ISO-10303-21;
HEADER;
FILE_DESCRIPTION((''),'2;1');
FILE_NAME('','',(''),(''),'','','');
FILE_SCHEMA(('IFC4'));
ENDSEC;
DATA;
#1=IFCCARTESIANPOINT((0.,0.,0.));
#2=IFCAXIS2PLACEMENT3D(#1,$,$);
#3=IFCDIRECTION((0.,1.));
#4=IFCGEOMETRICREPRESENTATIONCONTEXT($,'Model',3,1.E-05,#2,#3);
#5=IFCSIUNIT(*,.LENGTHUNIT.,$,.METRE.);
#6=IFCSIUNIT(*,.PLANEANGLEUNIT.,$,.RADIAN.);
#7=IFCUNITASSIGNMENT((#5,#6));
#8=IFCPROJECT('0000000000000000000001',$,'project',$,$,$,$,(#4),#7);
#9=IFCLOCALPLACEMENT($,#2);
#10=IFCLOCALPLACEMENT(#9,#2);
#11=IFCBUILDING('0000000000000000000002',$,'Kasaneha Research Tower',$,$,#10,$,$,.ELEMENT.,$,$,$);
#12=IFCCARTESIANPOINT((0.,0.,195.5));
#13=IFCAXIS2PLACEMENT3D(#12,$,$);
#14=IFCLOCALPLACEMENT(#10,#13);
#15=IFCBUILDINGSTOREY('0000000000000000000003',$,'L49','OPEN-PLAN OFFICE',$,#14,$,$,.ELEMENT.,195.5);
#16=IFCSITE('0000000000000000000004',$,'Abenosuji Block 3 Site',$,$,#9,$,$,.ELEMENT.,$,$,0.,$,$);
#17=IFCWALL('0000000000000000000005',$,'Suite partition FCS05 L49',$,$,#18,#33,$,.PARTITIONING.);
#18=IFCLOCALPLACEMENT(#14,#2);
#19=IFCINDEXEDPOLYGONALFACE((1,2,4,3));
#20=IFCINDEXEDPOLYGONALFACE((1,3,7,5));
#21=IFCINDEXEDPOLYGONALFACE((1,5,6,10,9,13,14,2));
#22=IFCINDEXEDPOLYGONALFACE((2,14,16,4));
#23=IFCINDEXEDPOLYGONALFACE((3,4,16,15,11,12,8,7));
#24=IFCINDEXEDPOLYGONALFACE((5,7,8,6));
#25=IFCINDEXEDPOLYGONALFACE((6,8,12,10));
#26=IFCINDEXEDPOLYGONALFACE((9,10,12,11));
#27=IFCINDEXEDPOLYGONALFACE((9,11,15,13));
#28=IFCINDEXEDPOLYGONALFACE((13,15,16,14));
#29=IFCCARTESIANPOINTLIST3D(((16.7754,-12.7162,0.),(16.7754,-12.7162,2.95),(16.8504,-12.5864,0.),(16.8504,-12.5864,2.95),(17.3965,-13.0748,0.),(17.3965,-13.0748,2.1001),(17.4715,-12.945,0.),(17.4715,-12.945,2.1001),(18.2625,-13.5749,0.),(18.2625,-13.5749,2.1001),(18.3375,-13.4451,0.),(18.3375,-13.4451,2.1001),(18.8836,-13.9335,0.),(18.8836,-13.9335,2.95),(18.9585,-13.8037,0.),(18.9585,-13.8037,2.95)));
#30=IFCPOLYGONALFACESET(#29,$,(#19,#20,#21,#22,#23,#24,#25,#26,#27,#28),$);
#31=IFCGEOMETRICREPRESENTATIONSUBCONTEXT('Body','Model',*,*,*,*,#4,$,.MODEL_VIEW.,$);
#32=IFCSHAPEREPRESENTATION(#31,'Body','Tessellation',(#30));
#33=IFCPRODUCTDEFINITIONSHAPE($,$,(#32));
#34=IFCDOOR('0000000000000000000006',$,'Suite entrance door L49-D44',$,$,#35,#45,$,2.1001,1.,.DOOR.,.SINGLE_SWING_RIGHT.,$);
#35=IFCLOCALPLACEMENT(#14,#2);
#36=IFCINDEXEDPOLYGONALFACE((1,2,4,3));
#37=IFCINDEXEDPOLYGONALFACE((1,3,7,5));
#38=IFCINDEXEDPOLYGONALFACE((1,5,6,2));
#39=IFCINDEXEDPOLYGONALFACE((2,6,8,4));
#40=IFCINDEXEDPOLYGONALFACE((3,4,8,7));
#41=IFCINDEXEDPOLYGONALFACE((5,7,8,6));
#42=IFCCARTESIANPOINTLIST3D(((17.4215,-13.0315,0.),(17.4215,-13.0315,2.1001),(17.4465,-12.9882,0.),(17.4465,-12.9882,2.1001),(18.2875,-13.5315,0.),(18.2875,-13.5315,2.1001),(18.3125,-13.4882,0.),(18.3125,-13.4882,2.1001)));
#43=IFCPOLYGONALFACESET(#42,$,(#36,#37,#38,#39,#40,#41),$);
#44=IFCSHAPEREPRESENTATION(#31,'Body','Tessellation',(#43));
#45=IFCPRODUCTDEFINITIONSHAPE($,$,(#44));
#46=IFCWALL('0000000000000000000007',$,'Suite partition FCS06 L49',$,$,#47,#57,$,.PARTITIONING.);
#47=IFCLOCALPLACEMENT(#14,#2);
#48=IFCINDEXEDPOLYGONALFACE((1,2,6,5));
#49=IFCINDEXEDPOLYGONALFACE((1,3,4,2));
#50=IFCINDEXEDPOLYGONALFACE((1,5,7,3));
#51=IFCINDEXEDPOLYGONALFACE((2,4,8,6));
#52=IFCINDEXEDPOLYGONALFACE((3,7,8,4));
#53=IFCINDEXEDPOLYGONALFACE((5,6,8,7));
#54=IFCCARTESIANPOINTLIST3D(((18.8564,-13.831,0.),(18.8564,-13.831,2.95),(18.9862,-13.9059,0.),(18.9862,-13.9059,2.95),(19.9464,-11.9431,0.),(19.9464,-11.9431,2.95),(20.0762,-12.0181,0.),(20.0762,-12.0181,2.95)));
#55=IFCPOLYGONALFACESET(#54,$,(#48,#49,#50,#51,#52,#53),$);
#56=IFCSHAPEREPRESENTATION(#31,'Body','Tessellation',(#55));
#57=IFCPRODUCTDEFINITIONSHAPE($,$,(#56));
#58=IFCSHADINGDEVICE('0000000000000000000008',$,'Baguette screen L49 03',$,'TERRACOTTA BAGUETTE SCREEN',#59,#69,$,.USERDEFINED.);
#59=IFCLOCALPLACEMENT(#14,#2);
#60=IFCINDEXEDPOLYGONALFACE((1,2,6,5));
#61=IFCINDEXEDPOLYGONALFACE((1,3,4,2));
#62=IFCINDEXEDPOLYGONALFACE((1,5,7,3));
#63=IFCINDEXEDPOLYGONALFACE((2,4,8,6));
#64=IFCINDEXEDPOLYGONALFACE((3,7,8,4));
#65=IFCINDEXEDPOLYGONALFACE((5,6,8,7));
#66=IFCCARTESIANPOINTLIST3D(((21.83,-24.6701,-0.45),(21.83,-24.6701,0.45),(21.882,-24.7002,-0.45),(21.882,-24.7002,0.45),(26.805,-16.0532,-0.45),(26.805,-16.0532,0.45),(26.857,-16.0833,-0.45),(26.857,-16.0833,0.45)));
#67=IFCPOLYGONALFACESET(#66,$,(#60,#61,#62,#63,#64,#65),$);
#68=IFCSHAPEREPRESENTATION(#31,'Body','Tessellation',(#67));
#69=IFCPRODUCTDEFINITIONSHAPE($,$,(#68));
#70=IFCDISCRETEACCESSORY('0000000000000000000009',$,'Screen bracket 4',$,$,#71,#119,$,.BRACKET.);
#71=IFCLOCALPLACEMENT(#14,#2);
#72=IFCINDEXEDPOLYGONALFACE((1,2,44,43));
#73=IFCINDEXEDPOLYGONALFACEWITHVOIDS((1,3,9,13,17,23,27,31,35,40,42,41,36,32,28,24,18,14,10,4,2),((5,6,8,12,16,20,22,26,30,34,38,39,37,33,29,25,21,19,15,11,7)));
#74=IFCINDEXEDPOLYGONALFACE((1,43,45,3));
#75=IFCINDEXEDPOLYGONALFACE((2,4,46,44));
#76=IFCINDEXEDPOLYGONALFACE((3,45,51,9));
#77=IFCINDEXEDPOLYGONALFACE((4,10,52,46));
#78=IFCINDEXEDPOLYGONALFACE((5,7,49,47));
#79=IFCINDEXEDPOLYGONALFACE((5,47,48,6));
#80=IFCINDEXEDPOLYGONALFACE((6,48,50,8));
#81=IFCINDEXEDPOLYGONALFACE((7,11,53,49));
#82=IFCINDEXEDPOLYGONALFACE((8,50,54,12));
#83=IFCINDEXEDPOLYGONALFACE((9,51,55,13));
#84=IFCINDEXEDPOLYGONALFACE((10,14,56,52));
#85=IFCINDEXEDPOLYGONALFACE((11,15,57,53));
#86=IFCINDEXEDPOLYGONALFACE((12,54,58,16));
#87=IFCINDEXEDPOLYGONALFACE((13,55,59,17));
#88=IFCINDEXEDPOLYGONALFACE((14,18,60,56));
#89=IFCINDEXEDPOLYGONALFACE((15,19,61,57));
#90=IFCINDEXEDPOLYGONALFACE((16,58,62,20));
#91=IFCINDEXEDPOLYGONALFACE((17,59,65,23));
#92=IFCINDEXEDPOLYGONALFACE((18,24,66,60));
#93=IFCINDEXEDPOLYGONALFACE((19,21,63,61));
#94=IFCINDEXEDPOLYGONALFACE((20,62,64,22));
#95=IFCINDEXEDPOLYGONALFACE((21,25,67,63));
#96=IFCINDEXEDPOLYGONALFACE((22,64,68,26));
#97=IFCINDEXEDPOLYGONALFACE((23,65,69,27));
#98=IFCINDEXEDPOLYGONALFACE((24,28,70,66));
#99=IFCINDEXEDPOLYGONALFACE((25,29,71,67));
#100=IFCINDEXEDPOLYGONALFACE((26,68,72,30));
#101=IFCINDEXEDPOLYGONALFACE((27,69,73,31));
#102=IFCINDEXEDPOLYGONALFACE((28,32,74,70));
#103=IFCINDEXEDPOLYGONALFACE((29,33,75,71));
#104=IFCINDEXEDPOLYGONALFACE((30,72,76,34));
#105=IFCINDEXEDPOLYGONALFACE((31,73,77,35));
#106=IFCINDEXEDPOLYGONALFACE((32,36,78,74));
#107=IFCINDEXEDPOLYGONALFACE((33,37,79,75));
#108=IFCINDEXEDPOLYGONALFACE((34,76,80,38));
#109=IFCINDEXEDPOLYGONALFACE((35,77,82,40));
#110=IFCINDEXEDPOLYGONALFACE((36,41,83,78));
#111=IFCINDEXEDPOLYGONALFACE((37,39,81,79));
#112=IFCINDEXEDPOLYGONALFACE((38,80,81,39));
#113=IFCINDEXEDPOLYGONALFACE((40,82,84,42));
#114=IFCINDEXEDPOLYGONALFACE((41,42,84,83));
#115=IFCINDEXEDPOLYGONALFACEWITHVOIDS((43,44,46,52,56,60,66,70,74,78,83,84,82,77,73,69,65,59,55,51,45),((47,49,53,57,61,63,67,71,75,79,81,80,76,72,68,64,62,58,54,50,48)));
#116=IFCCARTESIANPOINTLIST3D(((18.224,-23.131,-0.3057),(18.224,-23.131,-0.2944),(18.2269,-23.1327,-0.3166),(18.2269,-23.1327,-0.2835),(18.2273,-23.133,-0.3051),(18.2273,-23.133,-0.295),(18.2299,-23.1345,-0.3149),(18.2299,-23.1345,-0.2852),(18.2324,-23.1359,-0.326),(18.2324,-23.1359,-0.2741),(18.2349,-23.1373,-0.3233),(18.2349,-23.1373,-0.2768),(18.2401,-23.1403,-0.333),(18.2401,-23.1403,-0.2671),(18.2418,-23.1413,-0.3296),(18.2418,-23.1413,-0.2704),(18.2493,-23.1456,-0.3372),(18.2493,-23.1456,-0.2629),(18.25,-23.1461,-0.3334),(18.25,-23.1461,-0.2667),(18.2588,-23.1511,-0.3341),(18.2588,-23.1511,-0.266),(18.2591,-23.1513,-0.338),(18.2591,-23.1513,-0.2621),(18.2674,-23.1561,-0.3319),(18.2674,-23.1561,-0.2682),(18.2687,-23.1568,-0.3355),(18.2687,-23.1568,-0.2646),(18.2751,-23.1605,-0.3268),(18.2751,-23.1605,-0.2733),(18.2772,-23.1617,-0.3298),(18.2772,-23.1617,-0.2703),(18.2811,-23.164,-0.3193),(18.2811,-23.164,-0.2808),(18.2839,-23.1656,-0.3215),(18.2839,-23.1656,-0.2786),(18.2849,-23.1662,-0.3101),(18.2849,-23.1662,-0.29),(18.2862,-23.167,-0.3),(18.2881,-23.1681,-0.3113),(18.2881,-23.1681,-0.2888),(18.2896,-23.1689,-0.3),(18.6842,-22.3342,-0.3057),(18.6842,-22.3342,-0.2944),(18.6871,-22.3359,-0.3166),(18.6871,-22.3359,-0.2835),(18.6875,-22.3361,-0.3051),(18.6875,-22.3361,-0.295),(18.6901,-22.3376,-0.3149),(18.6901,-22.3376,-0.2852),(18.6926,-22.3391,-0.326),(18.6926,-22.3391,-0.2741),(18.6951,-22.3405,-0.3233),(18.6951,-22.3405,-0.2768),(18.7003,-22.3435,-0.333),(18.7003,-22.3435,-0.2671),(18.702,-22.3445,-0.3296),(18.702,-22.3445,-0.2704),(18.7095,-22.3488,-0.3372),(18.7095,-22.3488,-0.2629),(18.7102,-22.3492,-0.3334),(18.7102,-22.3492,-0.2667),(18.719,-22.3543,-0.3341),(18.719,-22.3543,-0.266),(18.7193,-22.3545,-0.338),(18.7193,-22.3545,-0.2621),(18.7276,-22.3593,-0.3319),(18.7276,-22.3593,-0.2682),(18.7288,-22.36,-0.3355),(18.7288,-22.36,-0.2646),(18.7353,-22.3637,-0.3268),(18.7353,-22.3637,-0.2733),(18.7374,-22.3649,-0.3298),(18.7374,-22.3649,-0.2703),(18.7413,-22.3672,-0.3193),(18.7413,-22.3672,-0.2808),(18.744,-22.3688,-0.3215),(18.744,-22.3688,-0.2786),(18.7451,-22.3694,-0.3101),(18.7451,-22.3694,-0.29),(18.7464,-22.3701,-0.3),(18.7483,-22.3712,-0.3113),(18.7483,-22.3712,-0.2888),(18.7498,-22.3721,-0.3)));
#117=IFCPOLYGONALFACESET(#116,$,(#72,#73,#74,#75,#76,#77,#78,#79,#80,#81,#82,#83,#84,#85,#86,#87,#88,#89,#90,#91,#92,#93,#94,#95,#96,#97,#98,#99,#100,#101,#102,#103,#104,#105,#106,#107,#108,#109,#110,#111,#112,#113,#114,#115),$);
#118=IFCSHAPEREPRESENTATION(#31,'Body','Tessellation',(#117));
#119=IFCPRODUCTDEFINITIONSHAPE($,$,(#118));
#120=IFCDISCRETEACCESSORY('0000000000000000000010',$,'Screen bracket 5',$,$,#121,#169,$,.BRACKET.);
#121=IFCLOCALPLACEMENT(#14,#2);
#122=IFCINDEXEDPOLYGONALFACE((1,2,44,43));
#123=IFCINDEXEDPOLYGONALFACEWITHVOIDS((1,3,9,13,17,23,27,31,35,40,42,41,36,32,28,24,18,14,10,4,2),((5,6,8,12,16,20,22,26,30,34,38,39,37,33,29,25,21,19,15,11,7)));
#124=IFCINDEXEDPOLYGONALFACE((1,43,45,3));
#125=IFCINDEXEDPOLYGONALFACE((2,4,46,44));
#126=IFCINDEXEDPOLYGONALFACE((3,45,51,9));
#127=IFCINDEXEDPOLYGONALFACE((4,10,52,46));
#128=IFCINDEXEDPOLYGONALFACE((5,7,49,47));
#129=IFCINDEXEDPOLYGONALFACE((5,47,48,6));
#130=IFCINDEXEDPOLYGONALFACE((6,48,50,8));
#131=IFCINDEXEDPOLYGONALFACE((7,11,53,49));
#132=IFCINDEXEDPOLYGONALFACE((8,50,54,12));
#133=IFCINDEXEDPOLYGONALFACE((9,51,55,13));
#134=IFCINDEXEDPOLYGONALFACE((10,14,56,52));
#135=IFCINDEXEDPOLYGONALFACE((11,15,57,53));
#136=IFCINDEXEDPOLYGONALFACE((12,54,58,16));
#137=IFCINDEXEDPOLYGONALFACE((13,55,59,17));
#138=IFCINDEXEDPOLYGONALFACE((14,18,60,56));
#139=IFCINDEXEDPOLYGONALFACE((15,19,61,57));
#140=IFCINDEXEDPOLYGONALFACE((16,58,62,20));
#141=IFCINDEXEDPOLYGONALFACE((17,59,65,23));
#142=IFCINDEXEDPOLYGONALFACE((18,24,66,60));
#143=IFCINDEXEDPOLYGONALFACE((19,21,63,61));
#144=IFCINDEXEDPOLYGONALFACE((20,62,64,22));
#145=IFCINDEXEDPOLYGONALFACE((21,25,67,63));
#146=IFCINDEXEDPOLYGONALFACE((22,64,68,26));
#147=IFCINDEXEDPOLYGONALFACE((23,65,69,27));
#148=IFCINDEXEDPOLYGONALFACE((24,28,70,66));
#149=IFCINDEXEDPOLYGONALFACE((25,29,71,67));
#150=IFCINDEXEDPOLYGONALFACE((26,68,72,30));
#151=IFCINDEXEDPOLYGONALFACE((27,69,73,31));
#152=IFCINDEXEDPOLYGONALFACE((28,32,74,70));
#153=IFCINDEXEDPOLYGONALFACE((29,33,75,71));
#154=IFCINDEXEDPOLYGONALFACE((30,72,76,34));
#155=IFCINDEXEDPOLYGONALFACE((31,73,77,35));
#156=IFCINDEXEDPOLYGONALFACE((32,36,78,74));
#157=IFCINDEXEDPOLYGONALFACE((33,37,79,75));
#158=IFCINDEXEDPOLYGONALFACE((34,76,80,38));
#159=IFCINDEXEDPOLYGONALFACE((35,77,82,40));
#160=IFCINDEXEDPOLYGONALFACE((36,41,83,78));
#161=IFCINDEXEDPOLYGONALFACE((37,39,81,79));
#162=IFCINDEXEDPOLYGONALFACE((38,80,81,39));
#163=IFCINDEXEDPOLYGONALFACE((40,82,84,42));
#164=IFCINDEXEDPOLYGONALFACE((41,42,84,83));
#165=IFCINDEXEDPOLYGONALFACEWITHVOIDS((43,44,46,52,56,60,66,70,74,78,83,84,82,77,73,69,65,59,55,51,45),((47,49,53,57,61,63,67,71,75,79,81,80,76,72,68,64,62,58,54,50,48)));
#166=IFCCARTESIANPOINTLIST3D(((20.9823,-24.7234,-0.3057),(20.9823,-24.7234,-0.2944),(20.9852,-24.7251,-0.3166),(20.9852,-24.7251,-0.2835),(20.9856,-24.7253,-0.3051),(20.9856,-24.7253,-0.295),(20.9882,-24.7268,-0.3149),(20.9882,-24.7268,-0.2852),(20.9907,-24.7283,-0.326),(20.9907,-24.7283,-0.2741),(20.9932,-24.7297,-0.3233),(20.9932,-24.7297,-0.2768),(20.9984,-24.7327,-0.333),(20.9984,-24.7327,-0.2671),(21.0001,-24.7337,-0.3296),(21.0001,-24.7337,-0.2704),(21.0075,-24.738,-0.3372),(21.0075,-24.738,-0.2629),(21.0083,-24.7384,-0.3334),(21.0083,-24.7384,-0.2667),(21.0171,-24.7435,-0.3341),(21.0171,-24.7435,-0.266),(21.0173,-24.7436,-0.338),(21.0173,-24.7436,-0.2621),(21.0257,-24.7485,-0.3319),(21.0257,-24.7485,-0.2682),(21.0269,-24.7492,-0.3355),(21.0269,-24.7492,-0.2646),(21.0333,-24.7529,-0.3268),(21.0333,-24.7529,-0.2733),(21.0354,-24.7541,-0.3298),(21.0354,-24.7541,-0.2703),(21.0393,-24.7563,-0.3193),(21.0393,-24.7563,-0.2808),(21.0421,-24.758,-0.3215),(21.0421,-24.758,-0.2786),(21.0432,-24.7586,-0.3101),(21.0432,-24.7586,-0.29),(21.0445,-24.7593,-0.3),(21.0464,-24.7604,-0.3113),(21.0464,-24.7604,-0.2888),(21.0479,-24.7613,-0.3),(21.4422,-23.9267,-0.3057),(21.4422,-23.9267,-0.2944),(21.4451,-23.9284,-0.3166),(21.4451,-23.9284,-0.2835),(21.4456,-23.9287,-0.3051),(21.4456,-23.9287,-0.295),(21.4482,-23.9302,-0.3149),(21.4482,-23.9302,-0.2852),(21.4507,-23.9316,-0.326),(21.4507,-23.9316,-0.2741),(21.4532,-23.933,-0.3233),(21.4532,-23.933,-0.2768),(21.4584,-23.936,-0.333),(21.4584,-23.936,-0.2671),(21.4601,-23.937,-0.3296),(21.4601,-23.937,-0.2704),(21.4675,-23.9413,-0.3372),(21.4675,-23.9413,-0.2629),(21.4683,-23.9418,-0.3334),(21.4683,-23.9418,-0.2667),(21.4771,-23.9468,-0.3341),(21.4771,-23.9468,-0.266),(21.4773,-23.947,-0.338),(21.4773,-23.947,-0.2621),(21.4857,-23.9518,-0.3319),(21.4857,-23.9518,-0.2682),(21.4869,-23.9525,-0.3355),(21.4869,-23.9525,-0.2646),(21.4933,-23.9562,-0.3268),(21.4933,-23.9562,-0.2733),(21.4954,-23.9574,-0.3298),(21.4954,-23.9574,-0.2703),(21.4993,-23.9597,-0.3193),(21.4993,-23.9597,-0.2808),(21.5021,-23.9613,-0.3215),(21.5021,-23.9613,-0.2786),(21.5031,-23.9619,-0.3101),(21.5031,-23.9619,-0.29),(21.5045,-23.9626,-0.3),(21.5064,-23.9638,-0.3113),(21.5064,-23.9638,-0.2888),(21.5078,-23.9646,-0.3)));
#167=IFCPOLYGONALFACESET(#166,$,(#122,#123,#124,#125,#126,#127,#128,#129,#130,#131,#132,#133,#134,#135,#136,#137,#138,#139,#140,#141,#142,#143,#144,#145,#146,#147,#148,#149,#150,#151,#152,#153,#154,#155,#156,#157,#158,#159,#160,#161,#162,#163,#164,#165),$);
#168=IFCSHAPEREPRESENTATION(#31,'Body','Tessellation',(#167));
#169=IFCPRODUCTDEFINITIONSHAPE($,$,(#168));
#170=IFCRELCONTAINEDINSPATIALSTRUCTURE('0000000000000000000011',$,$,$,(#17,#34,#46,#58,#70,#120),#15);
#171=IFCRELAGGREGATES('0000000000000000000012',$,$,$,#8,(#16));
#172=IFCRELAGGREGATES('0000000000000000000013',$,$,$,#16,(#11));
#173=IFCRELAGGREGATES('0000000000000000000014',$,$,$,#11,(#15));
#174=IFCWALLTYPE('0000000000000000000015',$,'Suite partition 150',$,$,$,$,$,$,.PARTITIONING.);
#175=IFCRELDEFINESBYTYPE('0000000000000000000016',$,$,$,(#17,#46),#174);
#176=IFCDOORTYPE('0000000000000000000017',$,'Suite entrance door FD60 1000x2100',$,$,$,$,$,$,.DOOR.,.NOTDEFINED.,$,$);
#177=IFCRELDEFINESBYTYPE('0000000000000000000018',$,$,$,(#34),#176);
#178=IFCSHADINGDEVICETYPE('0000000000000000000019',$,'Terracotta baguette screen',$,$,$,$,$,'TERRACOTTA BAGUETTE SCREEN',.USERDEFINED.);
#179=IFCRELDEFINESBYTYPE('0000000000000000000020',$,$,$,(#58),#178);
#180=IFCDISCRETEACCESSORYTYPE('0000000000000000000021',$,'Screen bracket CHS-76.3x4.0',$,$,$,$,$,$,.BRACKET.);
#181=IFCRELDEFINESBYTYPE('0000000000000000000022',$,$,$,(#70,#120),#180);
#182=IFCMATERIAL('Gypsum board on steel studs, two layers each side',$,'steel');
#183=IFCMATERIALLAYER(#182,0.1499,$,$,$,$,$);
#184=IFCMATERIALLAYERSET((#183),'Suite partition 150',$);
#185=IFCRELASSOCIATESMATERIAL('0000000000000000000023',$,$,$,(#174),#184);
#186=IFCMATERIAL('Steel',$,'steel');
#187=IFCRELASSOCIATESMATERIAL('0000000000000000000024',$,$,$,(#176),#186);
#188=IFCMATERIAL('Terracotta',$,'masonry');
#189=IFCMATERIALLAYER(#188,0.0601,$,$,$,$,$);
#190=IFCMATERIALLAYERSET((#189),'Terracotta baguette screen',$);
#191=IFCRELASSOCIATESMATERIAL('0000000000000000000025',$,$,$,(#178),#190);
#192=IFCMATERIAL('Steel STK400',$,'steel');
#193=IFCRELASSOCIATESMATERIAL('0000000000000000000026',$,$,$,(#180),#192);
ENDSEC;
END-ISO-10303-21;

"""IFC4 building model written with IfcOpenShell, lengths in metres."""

from ifc_helpers import new_model, si_unit, direction, frame, frame_2d, origin, origin_2d, place, context, subcontext, project, spatial, rectangle, hollow_circle, extrude, material, layer, layer_set, material_profile, profile_set, type_object, element, fill, save


model = new_model("IFC4")

# Units and contexts
model_context = context("Model", 3, precision=1e-05, world=origin(), true_north=direction((0.0, 1.0)))
body_context = subcontext(model_context, "Body", "Model", "MODEL_VIEW")
ifc_project = project(units=[si_unit("LENGTHUNIT", "METRE"), si_unit("PLANEANGLEUNIT", "RADIAN")], contexts=[model_context])

# Site, building, storey
site_placement = place(None, origin())
site = spatial("IfcSite", under=ifc_project, at=site_placement, Name="Abenosuji Block 3 Site", CompositionType="ELEMENT", RefElevation=0.0)
building_placement = place(site_placement, origin())
building = spatial("IfcBuilding", under=site, at=building_placement, Name="Kasaneha Research Tower", CompositionType="ELEMENT")
storey_placement = place(building_placement, frame((0.0, 0.0, 195.5)))
storey = spatial("IfcBuildingStorey", under=building, at=storey_placement, Name="L49", Description="OPEN-PLAN OFFICE", CompositionType="ELEMENT", Elevation=195.5)

# Wall, opening, door
ifc_material_1 = material(Name="Gypsum board on steel studs, two layers each side", Category="steel")
ifc_layer_1 = layer(ifc_material_1, 0.1499)
ifc_layer_set_1 = layer_set([ifc_layer_1], Name="Suite partition 150")
wall_type_1 = type_object("IfcWallType", Name="Suite partition 150", PredefinedType="PARTITIONING", material=ifc_layer_set_1)
wall_1_placement = place(storey_placement, frame((18.9211, -13.8687, 0.0), z_axis=(0.0, 0.0, 1.0), x_axis=(-0.866, 0.500044, 0.0)))
wall_1 = element("IfcWall", 1, at=wall_1_placement, inside=storey, type_object=wall_type_1, Name="Suite partition FCS05 L49", PredefinedType="PARTITIONING", context=body_context, shape_type="SweptSolid", body=[
    extrude(rectangle(XDim=2.4343, YDim=0.1499, at=frame_2d((1.2173, 0.0))), origin(), (0.0, 0.0, 1.0), 2.95),
])
opening_1_placement = place(wall_1_placement, frame((0.7173, 0.0, 0.0)))
opening_1 = element("IfcOpeningElement", 2, at=opening_1_placement, cuts=wall_1, PredefinedType="OPENING", context=body_context, shape_type="SweptSolid", body=[
    extrude(rectangle(XDim=1.0, YDim=2.1001, at=frame_2d((0.5, 1.05))), frame((0.0, 0.085, 0.0), z_axis=(0.0, -1.0, 0.0), x_axis=(1.0, 0.0, 0.0)), (0.0, 0.0, 1.0), 0.1699),
])
ifc_material_2 = material(Name="Steel", Category="steel")
door_type_1 = type_object("IfcDoorType", Name="Suite entrance door FD60 1000x2100", OperationType="NOTDEFINED", PredefinedType="DOOR", material=ifc_material_2)
door_1_placement = place(opening_1_placement, origin())
door_1 = element("IfcDoor", 3, at=door_1_placement, inside=storey, type_object=door_type_1, Name="Suite entrance door L49-D44", OperationType="SINGLE_SWING_RIGHT", OverallHeight=2.1001, OverallWidth=1.0, PredefinedType="DOOR", context=body_context, shape_type="SweptSolid", body=[
    extrude(rectangle(XDim=1.0, YDim=2.1001, at=frame_2d((0.5, 1.05))), frame((0.0, 0.0249, 0.0), z_axis=(0.0, -1.0, 0.0), x_axis=(1.0, 0.0, 0.0)), (0.0, 0.0, 1.0), 0.05),
])
fill(opening_1, door_1)

# Wall
wall_2_placement = place(storey_placement, frame((20.0112, -11.9807, 0.0), z_axis=(0.0, 0.0, 1.0), x_axis=(-0.500029, -0.866008, 0.0)))
element("IfcWall", 4, at=wall_2_placement, inside=storey, type_object=wall_type_1, Name="Suite partition FCS06 L49", PredefinedType="PARTITIONING", context=body_context, shape_type="SweptSolid", body=[
    extrude(rectangle(XDim=2.1799, YDim=0.1499, at=frame_2d((1.0898, 0.0))), origin(), (0.0, 0.0, 1.0), 2.95),
])

# Shading device
ifc_material_3 = material(Name="Terracotta", Category="masonry")
ifc_layer_2 = layer(ifc_material_3, 0.0601)
ifc_layer_set_2 = layer_set([ifc_layer_2], Name="Terracotta baguette screen")
shading_device_type = type_object("IfcShadingDeviceType", Name="Terracotta baguette screen", ElementType="TERRACOTTA BAGUETTE SCREEN", PredefinedType="USERDEFINED", material=ifc_layer_set_2)
shading_device_placement = place(storey_placement, frame((24.3435, -20.3767, -0.45), z_axis=(0.0, 0.0, 1.0), x_axis=(0.5, 0.866025, 0.0)))
element("IfcShadingDevice", 5, at=shading_device_placement, inside=storey, type_object=shading_device_type, Name="Baguette screen L49 03", ObjectType="TERRACOTTA BAGUETTE SCREEN", PredefinedType="USERDEFINED", context=body_context, shape_type="SweptSolid", body=[
    extrude(rectangle(XDim=9.95, YDim=0.0601, at=origin_2d()), origin(), (0.0, 0.0, 1.0), 0.8999),
])

# Discrete accessories
ifc_material_4 = material(Name="Steel STK400", Category="steel")
ifc_material_profile_1 = material_profile(ifc_material_4, hollow_circle(Radius=0.0381, WallThickness=0.0039, at=origin_2d()), Name="CHS-76.3x4.0")
ifc_profile_set_1 = profile_set([ifc_material_profile_1], Name="Steel STK400")
discrete_accessory_type = type_object("IfcDiscreteAccessoryType", Name="Screen bracket CHS-76.3x4.0", PredefinedType="BRACKET", material=ifc_profile_set_1)
discrete_accessory_1_placement = place(storey_placement, frame((18.7168, -22.353, -0.3), z_axis=(-0.500105, -0.865965, 0.0), x_axis=(0.865965, -0.500105, 0.0)))
element("IfcDiscreteAccessory", 6, at=discrete_accessory_1_placement, inside=storey, type_object=discrete_accessory_type, Name="Screen bracket 4", PredefinedType="BRACKET", context=body_context, shape_type="SweptSolid", body=[
    extrude(hollow_circle(Radius=0.0381, WallThickness=0.0039, at=origin_2d()), origin(), (0.0, 0.0, 1.0), 0.9202),
])
discrete_accessory_2_placement = place(storey_placement, frame((21.4749, -23.9456, -0.3), z_axis=(-0.500021, -0.866013, 0.0), x_axis=(0.866013, -0.500021, 0.0)))
element("IfcDiscreteAccessory", 7, at=discrete_accessory_2_placement, inside=storey, type_object=discrete_accessory_type, Name="Screen bracket 5", PredefinedType="BRACKET", context=body_context, shape_type="SweptSolid", body=[
    extrude(hollow_circle(Radius=0.0381, WallThickness=0.0039, at=origin_2d()), origin(), (0.0, 0.0, 1.0), 0.9199),
])

save(model, "model.ifc")
